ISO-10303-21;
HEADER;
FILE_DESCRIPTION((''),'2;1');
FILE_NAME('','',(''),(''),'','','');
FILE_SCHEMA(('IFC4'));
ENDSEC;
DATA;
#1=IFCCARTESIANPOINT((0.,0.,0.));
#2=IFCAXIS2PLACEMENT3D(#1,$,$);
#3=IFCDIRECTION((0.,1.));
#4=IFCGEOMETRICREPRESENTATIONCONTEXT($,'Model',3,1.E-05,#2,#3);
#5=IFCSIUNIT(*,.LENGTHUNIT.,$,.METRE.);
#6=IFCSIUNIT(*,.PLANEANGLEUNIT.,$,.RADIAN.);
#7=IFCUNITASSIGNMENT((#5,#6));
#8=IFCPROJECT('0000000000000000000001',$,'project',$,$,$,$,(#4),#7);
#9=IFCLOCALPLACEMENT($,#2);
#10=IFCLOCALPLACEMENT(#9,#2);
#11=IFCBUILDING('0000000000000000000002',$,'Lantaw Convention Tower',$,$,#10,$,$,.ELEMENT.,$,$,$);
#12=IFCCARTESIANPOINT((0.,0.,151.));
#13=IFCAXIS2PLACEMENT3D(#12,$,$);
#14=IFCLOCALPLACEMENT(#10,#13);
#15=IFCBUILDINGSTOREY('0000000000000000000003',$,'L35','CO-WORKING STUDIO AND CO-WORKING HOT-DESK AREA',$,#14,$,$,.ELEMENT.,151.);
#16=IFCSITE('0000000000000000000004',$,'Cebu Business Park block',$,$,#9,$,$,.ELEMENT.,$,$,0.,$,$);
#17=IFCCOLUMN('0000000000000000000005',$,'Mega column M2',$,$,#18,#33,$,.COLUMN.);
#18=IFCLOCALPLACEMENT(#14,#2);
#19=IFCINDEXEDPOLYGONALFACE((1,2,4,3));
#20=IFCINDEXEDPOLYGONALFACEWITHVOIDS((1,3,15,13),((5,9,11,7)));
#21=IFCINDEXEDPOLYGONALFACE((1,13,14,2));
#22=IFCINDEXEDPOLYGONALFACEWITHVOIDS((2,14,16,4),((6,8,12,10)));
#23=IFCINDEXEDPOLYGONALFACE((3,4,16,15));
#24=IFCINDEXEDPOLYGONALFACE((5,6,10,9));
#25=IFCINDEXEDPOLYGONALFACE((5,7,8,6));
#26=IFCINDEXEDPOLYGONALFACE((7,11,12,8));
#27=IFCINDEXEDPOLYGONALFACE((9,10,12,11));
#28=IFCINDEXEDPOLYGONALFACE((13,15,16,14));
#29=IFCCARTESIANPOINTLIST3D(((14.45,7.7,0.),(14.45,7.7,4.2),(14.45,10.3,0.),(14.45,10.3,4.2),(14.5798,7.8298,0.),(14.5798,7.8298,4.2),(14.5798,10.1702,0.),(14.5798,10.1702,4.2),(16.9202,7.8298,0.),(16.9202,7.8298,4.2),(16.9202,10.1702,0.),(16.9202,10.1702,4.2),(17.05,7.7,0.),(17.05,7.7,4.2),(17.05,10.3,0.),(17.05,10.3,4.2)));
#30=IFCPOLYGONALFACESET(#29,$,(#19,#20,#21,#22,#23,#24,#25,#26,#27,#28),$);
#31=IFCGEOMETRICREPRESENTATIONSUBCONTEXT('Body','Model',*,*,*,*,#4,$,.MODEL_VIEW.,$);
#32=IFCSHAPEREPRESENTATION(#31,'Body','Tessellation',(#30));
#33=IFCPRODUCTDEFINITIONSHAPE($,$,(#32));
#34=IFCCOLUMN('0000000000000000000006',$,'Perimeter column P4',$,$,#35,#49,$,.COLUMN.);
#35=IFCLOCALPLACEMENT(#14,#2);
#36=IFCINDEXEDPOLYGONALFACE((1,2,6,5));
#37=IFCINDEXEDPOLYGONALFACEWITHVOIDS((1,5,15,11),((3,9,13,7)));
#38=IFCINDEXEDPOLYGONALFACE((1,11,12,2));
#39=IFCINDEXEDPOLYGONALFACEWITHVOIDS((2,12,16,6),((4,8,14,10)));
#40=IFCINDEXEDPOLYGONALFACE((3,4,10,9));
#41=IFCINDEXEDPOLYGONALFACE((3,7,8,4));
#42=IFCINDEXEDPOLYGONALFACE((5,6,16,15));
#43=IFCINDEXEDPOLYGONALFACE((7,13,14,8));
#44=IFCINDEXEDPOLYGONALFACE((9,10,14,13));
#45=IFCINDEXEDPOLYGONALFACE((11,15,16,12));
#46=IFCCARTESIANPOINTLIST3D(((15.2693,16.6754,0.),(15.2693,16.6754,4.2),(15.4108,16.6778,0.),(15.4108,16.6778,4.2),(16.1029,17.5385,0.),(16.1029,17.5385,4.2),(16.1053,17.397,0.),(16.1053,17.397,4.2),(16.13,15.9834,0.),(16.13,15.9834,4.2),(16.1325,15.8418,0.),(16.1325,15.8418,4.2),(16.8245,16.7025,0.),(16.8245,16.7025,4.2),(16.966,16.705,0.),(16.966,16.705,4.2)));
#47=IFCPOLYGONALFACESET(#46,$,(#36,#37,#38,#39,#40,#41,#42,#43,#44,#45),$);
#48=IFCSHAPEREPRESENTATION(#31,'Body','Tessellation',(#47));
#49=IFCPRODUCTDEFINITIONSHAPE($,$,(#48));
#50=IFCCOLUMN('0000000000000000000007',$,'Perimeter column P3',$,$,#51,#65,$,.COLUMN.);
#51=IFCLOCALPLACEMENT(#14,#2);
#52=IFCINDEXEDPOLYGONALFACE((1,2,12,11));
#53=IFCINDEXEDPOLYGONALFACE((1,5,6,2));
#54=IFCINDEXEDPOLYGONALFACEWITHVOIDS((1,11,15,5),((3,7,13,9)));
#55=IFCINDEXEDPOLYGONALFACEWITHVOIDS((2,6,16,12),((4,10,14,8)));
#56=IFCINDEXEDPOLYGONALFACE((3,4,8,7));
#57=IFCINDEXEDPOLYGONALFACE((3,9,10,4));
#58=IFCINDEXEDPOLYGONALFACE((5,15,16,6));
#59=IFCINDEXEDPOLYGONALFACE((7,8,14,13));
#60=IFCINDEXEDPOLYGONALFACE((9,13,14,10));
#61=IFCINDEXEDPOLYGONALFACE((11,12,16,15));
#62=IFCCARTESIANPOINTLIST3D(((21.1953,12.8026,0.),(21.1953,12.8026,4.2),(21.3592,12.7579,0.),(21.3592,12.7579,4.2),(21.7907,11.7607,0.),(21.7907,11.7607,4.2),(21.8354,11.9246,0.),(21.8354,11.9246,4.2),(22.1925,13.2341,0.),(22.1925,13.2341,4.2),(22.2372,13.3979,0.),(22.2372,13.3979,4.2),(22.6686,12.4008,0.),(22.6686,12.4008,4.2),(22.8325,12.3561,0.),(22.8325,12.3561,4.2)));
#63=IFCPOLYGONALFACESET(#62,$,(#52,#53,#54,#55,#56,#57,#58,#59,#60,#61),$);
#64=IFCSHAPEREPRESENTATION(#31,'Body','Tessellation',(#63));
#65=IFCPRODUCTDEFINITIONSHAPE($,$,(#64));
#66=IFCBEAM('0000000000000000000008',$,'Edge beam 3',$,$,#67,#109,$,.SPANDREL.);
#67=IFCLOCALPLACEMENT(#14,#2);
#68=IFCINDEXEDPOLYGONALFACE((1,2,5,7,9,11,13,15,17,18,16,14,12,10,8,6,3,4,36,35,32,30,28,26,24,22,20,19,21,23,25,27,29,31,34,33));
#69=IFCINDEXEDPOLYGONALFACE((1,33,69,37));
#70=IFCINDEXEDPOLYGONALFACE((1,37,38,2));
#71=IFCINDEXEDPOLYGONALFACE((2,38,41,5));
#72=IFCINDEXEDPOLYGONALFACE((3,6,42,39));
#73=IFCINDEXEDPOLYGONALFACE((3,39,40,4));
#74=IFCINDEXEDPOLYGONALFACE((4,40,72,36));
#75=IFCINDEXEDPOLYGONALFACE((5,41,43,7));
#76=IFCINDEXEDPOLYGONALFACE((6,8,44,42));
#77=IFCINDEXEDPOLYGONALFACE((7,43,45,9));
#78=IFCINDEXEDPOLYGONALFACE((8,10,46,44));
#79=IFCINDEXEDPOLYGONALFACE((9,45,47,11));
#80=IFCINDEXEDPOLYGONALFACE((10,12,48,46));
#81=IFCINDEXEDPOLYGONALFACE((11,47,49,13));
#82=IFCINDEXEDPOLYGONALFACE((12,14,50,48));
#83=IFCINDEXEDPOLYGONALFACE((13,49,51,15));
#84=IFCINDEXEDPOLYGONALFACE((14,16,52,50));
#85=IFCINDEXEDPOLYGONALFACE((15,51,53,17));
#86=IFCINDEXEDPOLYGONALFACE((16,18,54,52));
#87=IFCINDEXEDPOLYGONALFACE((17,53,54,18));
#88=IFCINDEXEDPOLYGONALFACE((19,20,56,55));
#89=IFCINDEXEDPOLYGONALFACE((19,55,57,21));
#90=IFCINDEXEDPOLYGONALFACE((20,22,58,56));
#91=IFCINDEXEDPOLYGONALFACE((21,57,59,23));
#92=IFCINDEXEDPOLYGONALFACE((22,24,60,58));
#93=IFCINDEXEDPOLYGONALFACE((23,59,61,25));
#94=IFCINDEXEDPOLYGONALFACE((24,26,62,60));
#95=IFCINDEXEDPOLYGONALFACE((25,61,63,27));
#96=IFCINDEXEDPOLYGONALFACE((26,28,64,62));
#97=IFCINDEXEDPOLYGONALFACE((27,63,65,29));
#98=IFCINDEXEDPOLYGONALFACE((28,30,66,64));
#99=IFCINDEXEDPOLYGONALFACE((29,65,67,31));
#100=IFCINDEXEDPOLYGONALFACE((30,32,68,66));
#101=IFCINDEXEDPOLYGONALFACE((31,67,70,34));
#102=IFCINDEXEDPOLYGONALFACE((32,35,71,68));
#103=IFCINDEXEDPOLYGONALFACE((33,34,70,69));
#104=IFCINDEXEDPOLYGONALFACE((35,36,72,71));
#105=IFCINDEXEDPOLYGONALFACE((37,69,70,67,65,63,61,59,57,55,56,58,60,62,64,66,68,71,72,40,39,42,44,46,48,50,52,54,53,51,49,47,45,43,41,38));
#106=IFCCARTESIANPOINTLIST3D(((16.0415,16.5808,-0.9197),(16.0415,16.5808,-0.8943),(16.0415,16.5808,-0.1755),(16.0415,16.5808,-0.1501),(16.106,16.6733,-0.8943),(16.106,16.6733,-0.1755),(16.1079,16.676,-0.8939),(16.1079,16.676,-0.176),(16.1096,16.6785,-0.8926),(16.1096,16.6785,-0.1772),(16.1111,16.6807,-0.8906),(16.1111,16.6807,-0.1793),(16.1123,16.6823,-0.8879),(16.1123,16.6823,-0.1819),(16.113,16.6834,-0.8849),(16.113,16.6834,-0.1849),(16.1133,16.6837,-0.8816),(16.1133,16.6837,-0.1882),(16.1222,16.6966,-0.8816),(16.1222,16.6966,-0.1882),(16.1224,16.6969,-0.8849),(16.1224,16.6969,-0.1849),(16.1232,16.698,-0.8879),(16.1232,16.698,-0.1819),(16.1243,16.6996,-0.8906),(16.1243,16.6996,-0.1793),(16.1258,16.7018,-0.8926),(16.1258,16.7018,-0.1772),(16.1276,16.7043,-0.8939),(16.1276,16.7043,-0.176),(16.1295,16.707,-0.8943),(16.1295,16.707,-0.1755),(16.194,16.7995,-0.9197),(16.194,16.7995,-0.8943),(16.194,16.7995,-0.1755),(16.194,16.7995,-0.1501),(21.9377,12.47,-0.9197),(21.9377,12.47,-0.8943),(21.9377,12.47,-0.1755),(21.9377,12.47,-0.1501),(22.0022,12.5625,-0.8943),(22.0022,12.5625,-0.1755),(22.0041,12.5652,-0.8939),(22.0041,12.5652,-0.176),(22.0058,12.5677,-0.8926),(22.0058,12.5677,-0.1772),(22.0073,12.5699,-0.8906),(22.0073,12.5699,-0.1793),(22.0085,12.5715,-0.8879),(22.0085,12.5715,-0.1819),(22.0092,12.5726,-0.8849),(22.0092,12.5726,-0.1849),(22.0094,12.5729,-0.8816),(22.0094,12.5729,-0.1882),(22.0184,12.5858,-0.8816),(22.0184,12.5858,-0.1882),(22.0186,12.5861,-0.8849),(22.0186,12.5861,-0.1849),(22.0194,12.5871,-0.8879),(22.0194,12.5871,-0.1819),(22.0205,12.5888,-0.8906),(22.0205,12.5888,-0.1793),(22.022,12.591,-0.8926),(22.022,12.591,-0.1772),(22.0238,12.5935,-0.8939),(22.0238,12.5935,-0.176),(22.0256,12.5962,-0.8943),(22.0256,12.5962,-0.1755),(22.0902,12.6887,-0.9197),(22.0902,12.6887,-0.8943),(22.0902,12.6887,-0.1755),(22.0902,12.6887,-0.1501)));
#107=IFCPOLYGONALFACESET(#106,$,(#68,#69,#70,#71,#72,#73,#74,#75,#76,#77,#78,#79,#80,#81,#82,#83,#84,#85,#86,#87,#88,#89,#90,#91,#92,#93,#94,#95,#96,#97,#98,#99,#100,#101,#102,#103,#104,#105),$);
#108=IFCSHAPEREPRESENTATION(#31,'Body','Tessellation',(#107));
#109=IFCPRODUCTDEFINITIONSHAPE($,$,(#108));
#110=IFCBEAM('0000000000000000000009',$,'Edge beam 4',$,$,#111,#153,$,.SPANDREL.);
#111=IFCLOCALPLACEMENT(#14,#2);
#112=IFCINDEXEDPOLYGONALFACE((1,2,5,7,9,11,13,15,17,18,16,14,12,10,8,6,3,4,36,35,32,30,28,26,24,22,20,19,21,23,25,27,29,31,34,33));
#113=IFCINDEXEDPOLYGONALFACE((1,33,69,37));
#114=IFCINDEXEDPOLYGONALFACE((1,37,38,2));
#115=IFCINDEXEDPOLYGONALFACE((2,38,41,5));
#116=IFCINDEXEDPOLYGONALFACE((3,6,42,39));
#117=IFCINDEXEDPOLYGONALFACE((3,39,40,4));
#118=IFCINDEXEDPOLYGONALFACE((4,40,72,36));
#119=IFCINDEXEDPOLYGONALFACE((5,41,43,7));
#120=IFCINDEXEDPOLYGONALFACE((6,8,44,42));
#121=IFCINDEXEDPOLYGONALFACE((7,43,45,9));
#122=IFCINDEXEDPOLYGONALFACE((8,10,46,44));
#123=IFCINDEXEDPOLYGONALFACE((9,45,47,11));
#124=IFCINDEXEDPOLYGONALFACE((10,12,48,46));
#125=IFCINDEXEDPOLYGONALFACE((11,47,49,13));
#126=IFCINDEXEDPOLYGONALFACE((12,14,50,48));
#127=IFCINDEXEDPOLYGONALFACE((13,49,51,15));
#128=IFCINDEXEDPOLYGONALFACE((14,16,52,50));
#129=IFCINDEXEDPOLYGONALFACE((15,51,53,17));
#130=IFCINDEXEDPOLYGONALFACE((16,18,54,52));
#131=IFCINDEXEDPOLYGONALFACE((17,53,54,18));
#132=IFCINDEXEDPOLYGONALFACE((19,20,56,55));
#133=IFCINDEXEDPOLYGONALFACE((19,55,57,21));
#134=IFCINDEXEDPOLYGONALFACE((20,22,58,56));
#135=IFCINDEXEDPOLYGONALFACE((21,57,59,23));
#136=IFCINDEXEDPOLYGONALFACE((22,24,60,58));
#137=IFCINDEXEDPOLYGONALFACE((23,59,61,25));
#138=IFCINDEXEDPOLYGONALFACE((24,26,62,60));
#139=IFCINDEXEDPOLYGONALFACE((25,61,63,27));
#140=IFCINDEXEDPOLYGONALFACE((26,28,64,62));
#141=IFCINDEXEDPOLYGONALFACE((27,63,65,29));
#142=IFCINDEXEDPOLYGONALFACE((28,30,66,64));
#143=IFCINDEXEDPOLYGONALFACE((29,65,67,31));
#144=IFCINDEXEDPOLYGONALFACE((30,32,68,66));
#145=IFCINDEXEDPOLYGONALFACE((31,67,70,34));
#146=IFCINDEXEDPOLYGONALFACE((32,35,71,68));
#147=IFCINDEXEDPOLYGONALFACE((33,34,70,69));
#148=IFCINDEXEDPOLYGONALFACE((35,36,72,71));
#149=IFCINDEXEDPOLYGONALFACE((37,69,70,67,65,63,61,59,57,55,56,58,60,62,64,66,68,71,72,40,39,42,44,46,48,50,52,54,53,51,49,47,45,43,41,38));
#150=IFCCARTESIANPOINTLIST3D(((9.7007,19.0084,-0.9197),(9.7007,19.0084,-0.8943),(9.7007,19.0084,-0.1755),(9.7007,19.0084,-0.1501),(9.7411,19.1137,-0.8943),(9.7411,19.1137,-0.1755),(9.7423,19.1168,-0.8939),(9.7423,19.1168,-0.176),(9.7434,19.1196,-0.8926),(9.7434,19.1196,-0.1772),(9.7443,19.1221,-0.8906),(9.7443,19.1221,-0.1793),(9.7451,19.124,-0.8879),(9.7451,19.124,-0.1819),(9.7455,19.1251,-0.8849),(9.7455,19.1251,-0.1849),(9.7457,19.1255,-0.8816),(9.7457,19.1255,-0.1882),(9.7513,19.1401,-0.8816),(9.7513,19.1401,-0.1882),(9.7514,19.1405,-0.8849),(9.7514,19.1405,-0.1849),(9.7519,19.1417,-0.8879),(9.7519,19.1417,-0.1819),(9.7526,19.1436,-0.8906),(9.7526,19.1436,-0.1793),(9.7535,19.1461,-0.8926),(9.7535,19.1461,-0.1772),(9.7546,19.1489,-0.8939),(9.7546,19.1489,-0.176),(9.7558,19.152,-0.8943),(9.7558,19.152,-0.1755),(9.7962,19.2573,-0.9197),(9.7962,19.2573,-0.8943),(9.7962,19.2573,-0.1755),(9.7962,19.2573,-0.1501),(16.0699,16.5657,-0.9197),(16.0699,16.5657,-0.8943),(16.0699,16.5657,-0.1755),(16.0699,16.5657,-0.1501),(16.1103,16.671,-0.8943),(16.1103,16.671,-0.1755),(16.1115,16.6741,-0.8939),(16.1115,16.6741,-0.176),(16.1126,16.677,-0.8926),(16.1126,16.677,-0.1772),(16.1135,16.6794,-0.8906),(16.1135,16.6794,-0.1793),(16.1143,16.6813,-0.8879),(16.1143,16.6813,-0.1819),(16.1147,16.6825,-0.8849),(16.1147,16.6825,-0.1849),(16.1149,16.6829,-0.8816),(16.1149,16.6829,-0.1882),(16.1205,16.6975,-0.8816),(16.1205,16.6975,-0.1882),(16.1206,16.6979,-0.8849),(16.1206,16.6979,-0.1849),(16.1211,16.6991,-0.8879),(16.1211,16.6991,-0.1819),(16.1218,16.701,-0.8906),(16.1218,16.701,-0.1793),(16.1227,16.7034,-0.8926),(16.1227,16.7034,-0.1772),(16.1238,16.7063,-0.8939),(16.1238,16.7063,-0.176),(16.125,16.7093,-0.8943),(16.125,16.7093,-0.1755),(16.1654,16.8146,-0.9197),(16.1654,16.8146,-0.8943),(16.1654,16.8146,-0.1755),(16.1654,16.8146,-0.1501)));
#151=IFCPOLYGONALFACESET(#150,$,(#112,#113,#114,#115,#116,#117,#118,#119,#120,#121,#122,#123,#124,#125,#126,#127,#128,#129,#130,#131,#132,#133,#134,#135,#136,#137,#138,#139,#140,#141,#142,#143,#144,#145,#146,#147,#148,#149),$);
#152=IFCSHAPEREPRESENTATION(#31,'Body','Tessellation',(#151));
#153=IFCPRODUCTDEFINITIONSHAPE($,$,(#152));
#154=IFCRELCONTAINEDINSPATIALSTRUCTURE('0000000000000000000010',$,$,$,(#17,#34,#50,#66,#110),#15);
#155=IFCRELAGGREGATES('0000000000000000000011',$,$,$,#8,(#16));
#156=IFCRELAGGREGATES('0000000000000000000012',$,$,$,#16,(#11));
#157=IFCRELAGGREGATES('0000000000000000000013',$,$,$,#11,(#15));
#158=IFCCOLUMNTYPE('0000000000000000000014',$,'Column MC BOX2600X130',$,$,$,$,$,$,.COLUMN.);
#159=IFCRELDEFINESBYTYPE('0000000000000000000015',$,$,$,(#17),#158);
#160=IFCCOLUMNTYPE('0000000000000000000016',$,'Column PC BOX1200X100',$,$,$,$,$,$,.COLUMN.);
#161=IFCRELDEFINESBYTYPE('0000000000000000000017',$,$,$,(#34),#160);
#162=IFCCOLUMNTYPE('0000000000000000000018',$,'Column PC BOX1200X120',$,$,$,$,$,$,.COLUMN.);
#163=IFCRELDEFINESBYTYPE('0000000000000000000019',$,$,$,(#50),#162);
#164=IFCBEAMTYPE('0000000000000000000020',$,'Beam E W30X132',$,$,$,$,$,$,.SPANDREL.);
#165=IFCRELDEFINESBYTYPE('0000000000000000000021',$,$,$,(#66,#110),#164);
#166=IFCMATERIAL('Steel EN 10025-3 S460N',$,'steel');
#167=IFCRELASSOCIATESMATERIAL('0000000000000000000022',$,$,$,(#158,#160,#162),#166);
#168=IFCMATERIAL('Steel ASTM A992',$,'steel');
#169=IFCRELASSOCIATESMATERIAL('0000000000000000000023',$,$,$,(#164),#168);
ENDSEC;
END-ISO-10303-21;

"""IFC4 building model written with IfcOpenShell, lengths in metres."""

from ifc_helpers import new_model, si_unit, direction, frame, origin, origin_2d, place, context, subcontext, project, spatial, rectangle, hollow_rectangle, i_section, extrude, material, material_profile, profile_set, type_object, element, save


model = new_model("IFC4")

# Units and contexts
model_context = context("Model", 3, precision=1e-05, world=origin(), true_north=direction((0.0, 1.0)))
body_context = subcontext(model_context, "Body", "Model", "MODEL_VIEW")
ifc_project = project(units=[si_unit("LENGTHUNIT", "METRE"), si_unit("PLANEANGLEUNIT", "RADIAN")], contexts=[model_context])

# Site, building, storey
site_placement = place(None, origin())
site = spatial("IfcSite", under=ifc_project, at=site_placement, Name="Cebu Business Park block", CompositionType="ELEMENT", RefElevation=0.0)
building_placement = place(site_placement, origin())
building = spatial("IfcBuilding", under=site, at=building_placement, Name="Lantaw Convention Tower", CompositionType="ELEMENT")
storey_placement = place(building_placement, frame((0.0, 0.0, 151.0)))
storey = spatial("IfcBuildingStorey", under=building, at=storey_placement, Name="L35", Description="CO-WORKING STUDIO AND CO-WORKING HOT-DESK AREA", CompositionType="ELEMENT", Elevation=151.0)

# Columns
ifc_material_1 = material(Name="Steel EN 10025-3 S460N", Category="steel")
ifc_material_profile_1 = material_profile(ifc_material_1, hollow_rectangle(XDim=2.6001, YDim=2.6001, WallThickness=0.1299, at=origin_2d()), Name="BOX2600X130")
ifc_material_2 = material(Name="Concrete C60/75", Category="concrete")
ifc_material_profile_2 = material_profile(ifc_material_2, rectangle(XDim=2.3401, YDim=2.3401, at=origin_2d()), Name="Concrete fill of BOX2600X130")
ifc_profile_set_1 = profile_set([ifc_material_profile_1, ifc_material_profile_2], Name="Steel EN 10025-3 S460N")
column_type_1 = type_object("IfcColumnType", Name="Column MC BOX2600X130", PredefinedType="COLUMN", material=ifc_profile_set_1)
column_1_placement = place(storey_placement, frame((15.75, 9.0, 0.0), z_axis=(0.0, 0.0, 1.0), x_axis=(1.0, 0.0, 0.0)))
element("IfcColumn", 1, at=column_1_placement, inside=storey, type_object=column_type_1, Name="Mega column M2", PredefinedType="COLUMN", context=body_context, shape_type="SweptSolid", body=[
    extrude(hollow_rectangle(XDim=2.6001, YDim=2.6001, WallThickness=0.1299, at=origin_2d()), origin(), (0.0, 0.0, 1.0), 4.2),
])
ifc_material_profile_3 = material_profile(ifc_material_1, hollow_rectangle(XDim=1.2, YDim=1.2, WallThickness=0.1001, at=origin_2d()), Name="BOX1200X100")
ifc_material_profile_4 = material_profile(ifc_material_2, rectangle(XDim=1.0, YDim=1.0, at=origin_2d()), Name="Concrete fill of BOX1200X100")
ifc_profile_set_2 = profile_set([ifc_material_profile_3, ifc_material_profile_4], Name="Steel EN 10025-3 S460N")
column_type_2 = type_object("IfcColumnType", Name="Column PC BOX1200X100", PredefinedType="COLUMN", material=ifc_profile_set_2)
column_2_placement = place(storey_placement, frame((16.1177, 16.6902, 0.0), z_axis=(0.0, 0.0, 1.0), x_axis=(0.694658, 0.71934, 0.0)))
element("IfcColumn", 2, at=column_2_placement, inside=storey, type_object=column_type_2, Name="Perimeter column P4", PredefinedType="COLUMN", context=body_context, shape_type="SweptSolid", body=[
    extrude(hollow_rectangle(XDim=1.2, YDim=1.2, WallThickness=0.1001, at=origin_2d()), origin(), (0.0, 0.0, 1.0), 4.2),
])
ifc_material_profile_5 = material_profile(ifc_material_1, hollow_rectangle(XDim=1.2, YDim=1.2, WallThickness=0.1201, at=origin_2d()), Name="BOX1200X120")
ifc_material_profile_6 = material_profile(ifc_material_2, rectangle(XDim=0.96, YDim=0.96, at=origin_2d()), Name="Concrete fill of BOX1200X120")
ifc_profile_set_3 = profile_set([ifc_material_profile_5, ifc_material_profile_6], Name="Steel EN 10025-3 S460N")
column_type_3 = type_object("IfcColumnType", Name="Column PC BOX1200X120", PredefinedType="COLUMN", material=ifc_profile_set_3)
column_3_placement = place(storey_placement, frame((22.0139, 12.5793, 0.0), z_axis=(0.0, 0.0, 1.0), x_axis=(0.868243, 0.496139, 0.0)))
element("IfcColumn", 3, at=column_3_placement, inside=storey, type_object=column_type_3, Name="Perimeter column P3", PredefinedType="COLUMN", context=body_context, shape_type="SweptSolid", body=[
    extrude(hollow_rectangle(XDim=1.2, YDim=1.2, WallThickness=0.1201, at=origin_2d()), origin(), (0.0, 0.0, 1.0), 4.2),
])

# Beams
ifc_material_3 = material(Name="Steel ASTM A992", Category="steel")
ifc_material_profile_7 = material_profile(ifc_material_3, i_section(OverallWidth=0.2666, OverallDepth=0.7695, WebThickness=0.0156, FlangeThickness=0.0254, FilletRadius=0.0127, at=origin_2d()), Name="W30X132")
ifc_profile_set_4 = profile_set([ifc_material_profile_7], Name="Steel ASTM A992")
beam_type_1 = type_object("IfcBeamType", Name="Beam E W30X132", PredefinedType="SPANDREL", material=ifc_profile_set_4)
beam_1_placement = place(storey_placement, frame((22.0139, 12.5793, -0.5349), z_axis=(-0.820311, 0.571918, 0.0), x_axis=(-0.571918, -0.820311, 0.0)))
element("IfcBeam", 4, at=beam_1_placement, inside=storey, type_object=beam_type_1, Name="Edge beam 3", PredefinedType="SPANDREL", context=body_context, shape_type="SweptSolid", body=[
    extrude(i_section(OverallWidth=0.2666, OverallDepth=0.7695, WebThickness=0.0156, FlangeThickness=0.0254, FilletRadius=0.0127, at=origin_2d()), origin(), (0.0, 0.0, 1.0), 7.1877),
])
beam_2_placement = place(storey_placement, frame((16.1177, 16.6902, -0.5349), z_axis=(-0.933691, 0.35808, 0.0), x_axis=(-0.35808, -0.933691, 0.0)))
element("IfcBeam", 5, at=beam_2_placement, inside=storey, type_object=beam_type_1, Name="Edge beam 4", PredefinedType="SPANDREL", context=body_context, shape_type="SweptSolid", body=[
    extrude(i_section(OverallWidth=0.2666, OverallDepth=0.7695, WebThickness=0.0156, FlangeThickness=0.0254, FilletRadius=0.0127, at=origin_2d()), origin(), (0.0, 0.0, 1.0), 6.8215),
])

save(model, "model.ifc")
